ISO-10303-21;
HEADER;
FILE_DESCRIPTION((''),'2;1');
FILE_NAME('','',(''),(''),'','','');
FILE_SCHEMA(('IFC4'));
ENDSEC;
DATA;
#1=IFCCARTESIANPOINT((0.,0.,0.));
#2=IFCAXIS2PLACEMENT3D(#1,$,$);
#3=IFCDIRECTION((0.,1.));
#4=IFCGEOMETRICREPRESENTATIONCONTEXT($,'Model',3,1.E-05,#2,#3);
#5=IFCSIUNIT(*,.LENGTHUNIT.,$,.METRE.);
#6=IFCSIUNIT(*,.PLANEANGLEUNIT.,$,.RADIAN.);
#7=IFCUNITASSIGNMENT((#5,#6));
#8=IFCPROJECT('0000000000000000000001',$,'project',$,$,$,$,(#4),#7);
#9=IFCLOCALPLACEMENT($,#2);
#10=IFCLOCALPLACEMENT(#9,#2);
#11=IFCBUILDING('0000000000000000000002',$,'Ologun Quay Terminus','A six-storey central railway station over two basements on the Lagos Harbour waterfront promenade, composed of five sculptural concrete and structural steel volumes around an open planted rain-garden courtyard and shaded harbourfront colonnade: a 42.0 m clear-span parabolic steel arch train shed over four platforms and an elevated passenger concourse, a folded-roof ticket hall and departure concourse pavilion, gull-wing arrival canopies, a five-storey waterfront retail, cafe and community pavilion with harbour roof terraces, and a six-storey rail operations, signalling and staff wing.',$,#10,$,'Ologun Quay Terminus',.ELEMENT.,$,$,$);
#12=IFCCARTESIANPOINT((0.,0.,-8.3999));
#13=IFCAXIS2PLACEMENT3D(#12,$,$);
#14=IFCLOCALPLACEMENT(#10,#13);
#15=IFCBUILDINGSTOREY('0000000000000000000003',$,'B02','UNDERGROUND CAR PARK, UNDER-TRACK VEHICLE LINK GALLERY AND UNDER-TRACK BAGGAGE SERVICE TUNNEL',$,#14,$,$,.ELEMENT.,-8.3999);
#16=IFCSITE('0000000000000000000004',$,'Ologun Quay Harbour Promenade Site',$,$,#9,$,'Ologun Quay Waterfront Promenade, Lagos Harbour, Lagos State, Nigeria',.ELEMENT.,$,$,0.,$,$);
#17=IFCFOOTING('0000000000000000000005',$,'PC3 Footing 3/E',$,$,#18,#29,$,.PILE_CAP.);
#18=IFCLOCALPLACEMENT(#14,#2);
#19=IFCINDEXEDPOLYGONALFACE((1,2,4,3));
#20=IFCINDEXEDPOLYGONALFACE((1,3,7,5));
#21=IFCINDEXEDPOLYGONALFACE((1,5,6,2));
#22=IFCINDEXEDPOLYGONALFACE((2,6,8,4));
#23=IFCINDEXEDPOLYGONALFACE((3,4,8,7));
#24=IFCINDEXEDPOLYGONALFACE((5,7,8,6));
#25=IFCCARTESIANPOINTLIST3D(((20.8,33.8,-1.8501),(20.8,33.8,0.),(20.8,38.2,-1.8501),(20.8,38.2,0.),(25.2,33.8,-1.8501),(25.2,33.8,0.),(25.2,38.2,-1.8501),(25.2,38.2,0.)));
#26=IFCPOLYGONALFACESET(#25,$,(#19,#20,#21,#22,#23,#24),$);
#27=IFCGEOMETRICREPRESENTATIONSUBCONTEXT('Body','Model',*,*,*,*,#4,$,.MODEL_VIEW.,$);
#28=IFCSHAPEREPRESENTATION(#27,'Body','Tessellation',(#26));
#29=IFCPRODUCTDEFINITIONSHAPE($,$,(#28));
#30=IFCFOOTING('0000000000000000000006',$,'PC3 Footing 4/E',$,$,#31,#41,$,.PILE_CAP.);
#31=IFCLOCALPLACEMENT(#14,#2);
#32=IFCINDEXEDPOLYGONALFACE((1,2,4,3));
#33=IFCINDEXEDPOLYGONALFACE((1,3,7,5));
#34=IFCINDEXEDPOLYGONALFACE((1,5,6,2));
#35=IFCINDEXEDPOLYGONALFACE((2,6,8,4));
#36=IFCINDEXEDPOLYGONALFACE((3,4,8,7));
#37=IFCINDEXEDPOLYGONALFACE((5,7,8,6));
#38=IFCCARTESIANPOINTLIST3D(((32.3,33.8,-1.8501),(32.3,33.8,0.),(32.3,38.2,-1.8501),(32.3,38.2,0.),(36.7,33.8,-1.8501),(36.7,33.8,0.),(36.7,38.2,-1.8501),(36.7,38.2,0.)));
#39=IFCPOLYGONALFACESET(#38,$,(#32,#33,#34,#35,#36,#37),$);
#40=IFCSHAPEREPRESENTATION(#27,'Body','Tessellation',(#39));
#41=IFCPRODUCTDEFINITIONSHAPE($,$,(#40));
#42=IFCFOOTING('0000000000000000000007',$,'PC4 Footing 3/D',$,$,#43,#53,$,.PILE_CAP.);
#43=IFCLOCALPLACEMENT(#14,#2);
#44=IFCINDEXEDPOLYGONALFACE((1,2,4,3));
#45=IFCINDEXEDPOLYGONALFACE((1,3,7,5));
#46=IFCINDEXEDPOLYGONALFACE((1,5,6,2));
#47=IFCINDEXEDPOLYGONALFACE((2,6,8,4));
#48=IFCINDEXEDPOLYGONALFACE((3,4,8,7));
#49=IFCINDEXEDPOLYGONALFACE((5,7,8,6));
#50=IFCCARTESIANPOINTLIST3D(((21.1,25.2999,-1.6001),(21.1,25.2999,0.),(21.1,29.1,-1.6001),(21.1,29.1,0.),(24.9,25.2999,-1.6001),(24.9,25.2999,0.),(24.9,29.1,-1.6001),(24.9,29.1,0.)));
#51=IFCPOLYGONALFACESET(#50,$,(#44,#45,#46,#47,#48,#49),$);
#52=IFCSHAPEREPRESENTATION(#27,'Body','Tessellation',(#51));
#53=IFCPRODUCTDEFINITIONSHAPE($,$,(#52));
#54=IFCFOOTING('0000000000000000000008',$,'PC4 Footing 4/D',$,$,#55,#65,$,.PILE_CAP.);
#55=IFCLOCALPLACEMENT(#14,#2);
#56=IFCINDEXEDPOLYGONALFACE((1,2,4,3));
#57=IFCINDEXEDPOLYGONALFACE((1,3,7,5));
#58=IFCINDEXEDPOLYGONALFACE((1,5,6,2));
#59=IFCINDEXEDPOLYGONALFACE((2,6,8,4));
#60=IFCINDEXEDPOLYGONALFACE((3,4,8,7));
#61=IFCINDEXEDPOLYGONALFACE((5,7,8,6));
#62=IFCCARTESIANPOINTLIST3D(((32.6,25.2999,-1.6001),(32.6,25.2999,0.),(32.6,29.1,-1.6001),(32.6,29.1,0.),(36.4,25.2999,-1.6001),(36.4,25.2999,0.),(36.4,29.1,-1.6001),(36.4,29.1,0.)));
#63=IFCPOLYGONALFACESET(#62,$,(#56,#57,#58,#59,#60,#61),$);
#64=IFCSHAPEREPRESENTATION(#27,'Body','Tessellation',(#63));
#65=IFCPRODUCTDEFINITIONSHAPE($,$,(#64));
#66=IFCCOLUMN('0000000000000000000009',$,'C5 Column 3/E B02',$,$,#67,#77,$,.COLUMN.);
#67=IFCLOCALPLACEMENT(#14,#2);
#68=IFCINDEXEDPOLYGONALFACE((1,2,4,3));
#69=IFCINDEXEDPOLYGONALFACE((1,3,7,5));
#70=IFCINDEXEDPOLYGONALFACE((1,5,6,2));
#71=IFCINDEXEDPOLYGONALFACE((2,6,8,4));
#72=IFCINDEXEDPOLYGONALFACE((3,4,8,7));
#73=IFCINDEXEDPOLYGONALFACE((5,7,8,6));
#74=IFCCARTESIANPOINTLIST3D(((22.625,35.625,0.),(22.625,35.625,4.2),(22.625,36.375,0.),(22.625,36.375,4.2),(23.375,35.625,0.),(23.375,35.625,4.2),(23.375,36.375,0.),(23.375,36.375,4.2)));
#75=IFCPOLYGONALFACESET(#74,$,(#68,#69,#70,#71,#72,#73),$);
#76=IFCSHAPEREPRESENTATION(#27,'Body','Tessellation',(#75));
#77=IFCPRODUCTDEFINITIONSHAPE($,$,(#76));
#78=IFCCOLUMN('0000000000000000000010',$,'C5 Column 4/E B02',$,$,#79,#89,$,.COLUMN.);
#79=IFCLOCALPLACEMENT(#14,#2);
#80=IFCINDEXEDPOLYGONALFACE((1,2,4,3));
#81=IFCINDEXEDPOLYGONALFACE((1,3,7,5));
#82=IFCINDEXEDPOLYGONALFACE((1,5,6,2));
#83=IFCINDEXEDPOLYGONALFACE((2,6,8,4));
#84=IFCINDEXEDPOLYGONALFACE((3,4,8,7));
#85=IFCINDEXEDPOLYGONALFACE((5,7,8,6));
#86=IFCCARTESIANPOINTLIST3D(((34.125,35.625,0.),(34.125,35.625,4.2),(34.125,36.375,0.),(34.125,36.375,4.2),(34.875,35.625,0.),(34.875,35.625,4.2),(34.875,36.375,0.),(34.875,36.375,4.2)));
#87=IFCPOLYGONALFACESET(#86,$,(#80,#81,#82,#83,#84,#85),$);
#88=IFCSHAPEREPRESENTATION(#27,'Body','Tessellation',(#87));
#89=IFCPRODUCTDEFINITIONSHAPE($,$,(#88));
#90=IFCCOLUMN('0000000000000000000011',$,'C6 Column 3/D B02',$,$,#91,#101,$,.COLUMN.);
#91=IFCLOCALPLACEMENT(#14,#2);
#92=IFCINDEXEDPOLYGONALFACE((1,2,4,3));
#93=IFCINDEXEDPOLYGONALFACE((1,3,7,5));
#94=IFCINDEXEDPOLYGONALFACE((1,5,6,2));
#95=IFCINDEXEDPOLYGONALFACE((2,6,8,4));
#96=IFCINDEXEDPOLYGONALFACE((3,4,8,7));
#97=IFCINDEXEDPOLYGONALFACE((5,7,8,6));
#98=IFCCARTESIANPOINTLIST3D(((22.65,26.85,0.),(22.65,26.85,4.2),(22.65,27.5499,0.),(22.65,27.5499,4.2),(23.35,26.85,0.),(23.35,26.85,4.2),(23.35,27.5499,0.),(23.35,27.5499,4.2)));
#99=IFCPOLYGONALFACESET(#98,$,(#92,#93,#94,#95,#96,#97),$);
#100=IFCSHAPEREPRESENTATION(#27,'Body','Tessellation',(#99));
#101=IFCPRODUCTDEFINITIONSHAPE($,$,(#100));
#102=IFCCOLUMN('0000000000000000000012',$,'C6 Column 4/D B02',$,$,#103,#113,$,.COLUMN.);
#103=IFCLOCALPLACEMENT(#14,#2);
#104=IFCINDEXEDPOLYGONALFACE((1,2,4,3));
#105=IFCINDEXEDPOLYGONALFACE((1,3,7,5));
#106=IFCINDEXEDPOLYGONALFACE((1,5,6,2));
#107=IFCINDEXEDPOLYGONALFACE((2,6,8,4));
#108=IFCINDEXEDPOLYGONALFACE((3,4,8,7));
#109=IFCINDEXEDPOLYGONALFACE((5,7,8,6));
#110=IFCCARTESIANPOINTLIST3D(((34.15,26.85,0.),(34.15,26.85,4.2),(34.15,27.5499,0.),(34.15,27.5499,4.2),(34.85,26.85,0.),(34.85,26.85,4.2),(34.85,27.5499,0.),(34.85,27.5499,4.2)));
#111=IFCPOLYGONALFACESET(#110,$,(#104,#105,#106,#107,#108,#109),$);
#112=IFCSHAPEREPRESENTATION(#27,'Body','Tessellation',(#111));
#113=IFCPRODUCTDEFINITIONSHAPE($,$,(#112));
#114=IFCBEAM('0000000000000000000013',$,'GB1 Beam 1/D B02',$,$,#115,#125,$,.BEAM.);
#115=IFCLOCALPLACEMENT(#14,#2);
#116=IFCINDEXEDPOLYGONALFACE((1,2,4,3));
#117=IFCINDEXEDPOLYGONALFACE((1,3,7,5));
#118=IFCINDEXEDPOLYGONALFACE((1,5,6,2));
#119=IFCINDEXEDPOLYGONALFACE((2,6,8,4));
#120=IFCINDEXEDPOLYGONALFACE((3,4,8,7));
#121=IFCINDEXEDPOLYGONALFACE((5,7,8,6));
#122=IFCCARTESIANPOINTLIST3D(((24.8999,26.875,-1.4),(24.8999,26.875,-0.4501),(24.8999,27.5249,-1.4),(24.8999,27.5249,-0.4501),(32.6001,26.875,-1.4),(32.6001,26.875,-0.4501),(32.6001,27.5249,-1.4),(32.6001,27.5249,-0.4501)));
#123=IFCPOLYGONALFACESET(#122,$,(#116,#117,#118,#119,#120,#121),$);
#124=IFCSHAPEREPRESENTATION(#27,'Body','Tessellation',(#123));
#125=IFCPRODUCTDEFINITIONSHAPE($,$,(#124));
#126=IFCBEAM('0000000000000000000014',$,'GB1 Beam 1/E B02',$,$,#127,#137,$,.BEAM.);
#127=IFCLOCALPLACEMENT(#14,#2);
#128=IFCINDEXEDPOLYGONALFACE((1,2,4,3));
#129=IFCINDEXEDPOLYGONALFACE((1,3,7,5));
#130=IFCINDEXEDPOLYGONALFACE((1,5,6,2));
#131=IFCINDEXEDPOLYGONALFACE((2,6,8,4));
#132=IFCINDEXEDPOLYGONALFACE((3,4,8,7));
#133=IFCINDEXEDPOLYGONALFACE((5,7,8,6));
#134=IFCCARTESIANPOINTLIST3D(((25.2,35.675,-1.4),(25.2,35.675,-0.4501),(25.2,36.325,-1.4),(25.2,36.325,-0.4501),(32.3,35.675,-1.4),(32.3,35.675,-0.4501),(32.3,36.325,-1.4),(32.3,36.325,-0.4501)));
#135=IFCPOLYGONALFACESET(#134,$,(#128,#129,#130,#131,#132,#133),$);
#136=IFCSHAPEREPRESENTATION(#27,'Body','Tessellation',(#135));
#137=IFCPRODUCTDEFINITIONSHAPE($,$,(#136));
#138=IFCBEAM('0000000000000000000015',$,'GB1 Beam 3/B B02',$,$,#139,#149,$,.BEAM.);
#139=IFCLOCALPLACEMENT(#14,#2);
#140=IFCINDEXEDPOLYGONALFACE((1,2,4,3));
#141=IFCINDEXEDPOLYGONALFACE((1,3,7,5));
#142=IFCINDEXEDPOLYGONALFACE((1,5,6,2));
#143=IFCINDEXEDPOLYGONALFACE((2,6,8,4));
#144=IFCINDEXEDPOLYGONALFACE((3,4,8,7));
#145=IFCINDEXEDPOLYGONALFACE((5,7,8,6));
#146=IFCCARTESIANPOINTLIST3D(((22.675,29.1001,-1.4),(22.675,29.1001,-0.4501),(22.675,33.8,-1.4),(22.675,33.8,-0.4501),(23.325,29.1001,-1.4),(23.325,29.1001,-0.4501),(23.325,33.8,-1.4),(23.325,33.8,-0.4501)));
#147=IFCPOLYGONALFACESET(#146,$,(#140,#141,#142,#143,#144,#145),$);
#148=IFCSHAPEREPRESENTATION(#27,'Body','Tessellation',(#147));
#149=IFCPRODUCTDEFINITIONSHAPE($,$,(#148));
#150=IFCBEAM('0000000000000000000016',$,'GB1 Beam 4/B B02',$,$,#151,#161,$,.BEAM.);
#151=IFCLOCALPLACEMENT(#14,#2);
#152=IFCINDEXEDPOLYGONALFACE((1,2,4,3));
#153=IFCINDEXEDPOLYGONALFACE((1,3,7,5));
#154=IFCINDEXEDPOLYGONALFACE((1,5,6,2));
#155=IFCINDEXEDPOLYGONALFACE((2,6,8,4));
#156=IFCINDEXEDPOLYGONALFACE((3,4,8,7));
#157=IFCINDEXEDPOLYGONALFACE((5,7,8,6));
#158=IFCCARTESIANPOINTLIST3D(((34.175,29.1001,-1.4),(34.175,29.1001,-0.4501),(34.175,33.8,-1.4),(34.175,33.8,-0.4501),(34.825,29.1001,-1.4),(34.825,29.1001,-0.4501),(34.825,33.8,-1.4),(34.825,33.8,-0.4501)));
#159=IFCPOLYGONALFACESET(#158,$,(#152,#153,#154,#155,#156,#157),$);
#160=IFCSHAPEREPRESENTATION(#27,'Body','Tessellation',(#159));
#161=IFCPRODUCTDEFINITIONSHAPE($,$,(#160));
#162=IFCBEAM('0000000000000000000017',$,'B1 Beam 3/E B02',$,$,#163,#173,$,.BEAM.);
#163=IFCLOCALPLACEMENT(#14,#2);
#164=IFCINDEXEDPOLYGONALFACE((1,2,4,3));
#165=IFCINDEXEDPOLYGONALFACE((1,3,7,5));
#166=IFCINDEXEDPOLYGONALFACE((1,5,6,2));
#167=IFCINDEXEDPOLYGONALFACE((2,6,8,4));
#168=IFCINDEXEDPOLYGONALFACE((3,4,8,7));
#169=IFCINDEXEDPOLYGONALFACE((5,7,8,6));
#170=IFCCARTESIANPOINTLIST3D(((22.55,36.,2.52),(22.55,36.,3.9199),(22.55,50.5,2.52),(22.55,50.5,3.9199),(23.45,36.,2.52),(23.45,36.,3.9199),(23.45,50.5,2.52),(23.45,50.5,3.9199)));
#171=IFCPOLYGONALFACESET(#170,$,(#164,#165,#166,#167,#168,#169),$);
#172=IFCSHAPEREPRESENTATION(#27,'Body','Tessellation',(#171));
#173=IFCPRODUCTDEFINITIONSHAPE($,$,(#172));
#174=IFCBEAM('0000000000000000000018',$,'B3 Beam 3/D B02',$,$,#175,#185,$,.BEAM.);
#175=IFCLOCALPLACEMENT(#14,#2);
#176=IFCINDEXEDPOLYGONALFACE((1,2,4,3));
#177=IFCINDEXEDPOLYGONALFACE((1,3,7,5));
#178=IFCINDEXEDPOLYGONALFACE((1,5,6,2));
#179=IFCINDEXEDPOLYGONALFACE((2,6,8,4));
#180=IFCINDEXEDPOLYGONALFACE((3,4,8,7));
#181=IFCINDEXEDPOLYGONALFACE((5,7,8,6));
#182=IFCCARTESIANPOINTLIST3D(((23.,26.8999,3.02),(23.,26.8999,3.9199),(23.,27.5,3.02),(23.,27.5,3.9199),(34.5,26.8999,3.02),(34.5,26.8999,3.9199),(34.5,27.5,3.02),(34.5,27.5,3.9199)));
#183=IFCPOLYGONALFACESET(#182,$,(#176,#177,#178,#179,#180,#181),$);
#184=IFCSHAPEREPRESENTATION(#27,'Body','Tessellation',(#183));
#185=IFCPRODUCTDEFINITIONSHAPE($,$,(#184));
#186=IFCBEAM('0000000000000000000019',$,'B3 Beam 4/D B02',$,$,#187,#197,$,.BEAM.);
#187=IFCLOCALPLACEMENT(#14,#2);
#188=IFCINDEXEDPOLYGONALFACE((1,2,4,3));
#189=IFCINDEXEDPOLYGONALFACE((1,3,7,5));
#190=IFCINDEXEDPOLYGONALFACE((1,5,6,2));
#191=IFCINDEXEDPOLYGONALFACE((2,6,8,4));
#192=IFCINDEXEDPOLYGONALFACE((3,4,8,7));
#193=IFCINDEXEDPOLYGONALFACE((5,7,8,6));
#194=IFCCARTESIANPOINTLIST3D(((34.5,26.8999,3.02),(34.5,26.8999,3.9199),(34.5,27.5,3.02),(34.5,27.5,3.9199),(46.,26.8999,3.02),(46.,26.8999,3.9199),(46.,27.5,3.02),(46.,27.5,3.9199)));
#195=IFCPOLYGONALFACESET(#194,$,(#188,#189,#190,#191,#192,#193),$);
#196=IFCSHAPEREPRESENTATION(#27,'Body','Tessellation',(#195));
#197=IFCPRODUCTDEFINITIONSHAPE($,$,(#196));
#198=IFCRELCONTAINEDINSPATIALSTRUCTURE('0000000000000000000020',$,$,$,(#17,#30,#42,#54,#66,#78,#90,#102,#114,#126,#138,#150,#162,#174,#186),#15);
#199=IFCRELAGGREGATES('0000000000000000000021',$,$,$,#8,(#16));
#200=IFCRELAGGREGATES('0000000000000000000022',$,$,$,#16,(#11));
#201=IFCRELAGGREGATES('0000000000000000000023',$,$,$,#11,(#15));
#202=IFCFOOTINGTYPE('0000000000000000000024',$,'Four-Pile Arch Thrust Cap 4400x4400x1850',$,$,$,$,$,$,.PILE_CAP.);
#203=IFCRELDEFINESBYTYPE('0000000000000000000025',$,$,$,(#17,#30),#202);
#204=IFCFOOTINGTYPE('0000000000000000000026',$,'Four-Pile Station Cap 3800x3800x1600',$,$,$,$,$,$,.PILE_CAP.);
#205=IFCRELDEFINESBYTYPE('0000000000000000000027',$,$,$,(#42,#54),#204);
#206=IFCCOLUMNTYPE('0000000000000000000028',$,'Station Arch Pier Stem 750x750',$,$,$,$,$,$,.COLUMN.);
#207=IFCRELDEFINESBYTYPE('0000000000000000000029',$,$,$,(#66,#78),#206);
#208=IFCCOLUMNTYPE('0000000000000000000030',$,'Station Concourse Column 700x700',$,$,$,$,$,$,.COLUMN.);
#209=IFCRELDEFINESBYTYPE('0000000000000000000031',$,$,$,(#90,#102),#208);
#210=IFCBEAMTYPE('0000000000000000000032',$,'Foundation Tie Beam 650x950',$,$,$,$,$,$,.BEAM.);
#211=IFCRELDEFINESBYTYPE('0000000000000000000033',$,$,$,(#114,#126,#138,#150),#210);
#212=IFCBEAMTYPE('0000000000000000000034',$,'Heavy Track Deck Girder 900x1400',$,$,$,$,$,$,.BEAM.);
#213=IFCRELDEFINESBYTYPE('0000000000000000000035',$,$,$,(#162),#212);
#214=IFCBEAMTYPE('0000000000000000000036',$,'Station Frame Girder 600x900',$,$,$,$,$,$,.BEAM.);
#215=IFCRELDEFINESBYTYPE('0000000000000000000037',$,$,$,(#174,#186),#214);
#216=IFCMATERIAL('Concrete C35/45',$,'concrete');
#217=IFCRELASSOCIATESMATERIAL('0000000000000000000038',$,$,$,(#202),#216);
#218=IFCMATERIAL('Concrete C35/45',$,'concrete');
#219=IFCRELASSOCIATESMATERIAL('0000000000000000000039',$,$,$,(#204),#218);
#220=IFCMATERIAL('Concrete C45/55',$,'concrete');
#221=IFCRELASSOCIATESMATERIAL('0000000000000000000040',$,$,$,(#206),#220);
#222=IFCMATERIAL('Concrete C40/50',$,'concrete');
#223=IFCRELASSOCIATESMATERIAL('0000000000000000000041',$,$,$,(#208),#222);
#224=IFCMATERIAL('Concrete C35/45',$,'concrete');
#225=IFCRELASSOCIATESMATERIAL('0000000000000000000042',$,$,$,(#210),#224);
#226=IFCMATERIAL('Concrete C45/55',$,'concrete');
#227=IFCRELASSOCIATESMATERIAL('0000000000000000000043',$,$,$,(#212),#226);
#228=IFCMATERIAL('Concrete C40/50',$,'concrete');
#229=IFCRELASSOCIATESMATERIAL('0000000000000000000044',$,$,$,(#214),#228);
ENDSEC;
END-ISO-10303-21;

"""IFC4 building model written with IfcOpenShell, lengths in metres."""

from ifc_helpers import new_model, si_unit, direction, frame, origin, origin_2d, place, context, subcontext, project, spatial, rectangle, extrude, material, material_profile, profile_set, type_object, element, save


model = new_model("IFC4")

# Units and contexts
model_context = context("Model", 3, precision=1e-05, world=origin(), true_north=direction((0.0, 1.0)))
body_context = subcontext(model_context, "Body", "Model", "MODEL_VIEW")
ifc_project = project(units=[si_unit("LENGTHUNIT", "METRE"), si_unit("PLANEANGLEUNIT", "RADIAN")], contexts=[model_context])

# Site, building, storey
site_placement = place(None, origin())
site = spatial("IfcSite", under=ifc_project, at=site_placement, Name="Ologun Quay Harbour Promenade Site", LongName="Ologun Quay Waterfront Promenade, Lagos Harbour, Lagos State, Nigeria", CompositionType="ELEMENT", RefElevation=0.0)
building_placement = place(site_placement, origin())
building = spatial("IfcBuilding", under=site, at=building_placement, Name="Ologun Quay Terminus", Description="A six-storey central railway station over two basements on the Lagos Harbour waterfront promenade, composed of five sculptural concrete and structural steel volumes around an open planted rain-garden courtyard and shaded harbourfront colonnade: a 42.0 m clear-span parabolic steel arch train shed over four platforms and an elevated passenger concourse, a folded-roof ticket hall and departure concourse pavilion, gull-wing arrival canopies, a five-storey waterfront retail, cafe and community pavilion with harbour roof terraces, and a six-storey rail operations, signalling and staff wing.", LongName="Ologun Quay Terminus", CompositionType="ELEMENT")
storey_placement = place(building_placement, frame((0.0, 0.0, -8.3999)))
storey = spatial("IfcBuildingStorey", under=building, at=storey_placement, Name="B02", Description="UNDERGROUND CAR PARK, UNDER-TRACK VEHICLE LINK GALLERY AND UNDER-TRACK BAGGAGE SERVICE TUNNEL", CompositionType="ELEMENT", Elevation=-8.3999)

# Footings
ifc_material_1 = material(Name="Concrete C35/45", Category="concrete")
footing_type_1 = type_object("IfcFootingType", Name="Four-Pile Arch Thrust Cap 4400x4400x1850", PredefinedType="PILE_CAP", material=ifc_material_1)
for number, where, z_axis, x_axis, name in (
    (1, (23.0, 36.0, -1.8501), (0.0, 0.0, 1.0), (1.0, 0.0, 0.0), "PC3 Footing 3/E"),
    (2, (34.5, 36.0, -1.8501), (0.0, 0.0, 1.0), (1.0, 0.0, 0.0), "PC3 Footing 4/E"),
):
    element("IfcFooting", number, at=place(storey_placement, frame(where, z_axis=z_axis, x_axis=x_axis)), inside=storey, type_object=footing_type_1, Name=name, PredefinedType="PILE_CAP", context=body_context, shape_type="SweptSolid", body=[
        extrude(rectangle(XDim=4.3999, YDim=4.3999, at=origin_2d()), origin(), (0.0, 0.0, 1.0), 1.8501),
    ])
ifc_material_2 = material(Name="Concrete C35/45", Category="concrete")
footing_type_2 = type_object("IfcFootingType", Name="Four-Pile Station Cap 3800x3800x1600", PredefinedType="PILE_CAP", material=ifc_material_2)
for number, where, z_axis, x_axis, name in (
    (3, (23.0, 27.2, -1.6001), (0.0, 0.0, 1.0), (1.0, 0.0, 0.0), "PC4 Footing 3/D"),
    (4, (34.5, 27.2, -1.6001), (0.0, 0.0, 1.0), (1.0, 0.0, 0.0), "PC4 Footing 4/D"),
):
    element("IfcFooting", number, at=place(storey_placement, frame(where, z_axis=z_axis, x_axis=x_axis)), inside=storey, type_object=footing_type_2, Name=name, PredefinedType="PILE_CAP", context=body_context, shape_type="SweptSolid", body=[
        extrude(rectangle(XDim=3.8, YDim=3.8, at=origin_2d()), origin(), (0.0, 0.0, 1.0), 1.6001),
    ])

# Columns
ifc_material_3 = material(Name="Concrete C45/55", Category="concrete")
ifc_material_profile_1 = material_profile(ifc_material_3, rectangle(XDim=0.75, YDim=0.75, at=origin_2d()), Name="RC 750x750")
ifc_profile_set_1 = profile_set([ifc_material_profile_1], Name="Concrete C45/55")
column_type_1 = type_object("IfcColumnType", Name="Station Arch Pier Stem 750x750", PredefinedType="COLUMN", material=ifc_profile_set_1)
for number, where, z_axis, x_axis, name in (
    (5, (23.0, 36.0, 0.0), (0.0, 0.0, 1.0), (1.0, 0.0, 0.0), "C5 Column 3/E B02"),
    (6, (34.5, 36.0, 0.0), (0.0, 0.0, 1.0), (1.0, 0.0, 0.0), "C5 Column 4/E B02"),
):
    element("IfcColumn", number, at=place(storey_placement, frame(where, z_axis=z_axis, x_axis=x_axis)), inside=storey, type_object=column_type_1, Name=name, PredefinedType="COLUMN", context=body_context, shape_type="SweptSolid", body=[
        extrude(rectangle(XDim=0.75, YDim=0.75, at=origin_2d()), origin(), (0.0, 0.0, 1.0), 4.2),
    ])
ifc_material_4 = material(Name="Concrete C40/50", Category="concrete")
ifc_material_profile_2 = material_profile(ifc_material_4, rectangle(XDim=0.7, YDim=0.7, at=origin_2d()), Name="RC 700x700")
ifc_profile_set_2 = profile_set([ifc_material_profile_2], Name="Concrete C40/50")
column_type_2 = type_object("IfcColumnType", Name="Station Concourse Column 700x700", PredefinedType="COLUMN", material=ifc_profile_set_2)
for number, where, z_axis, x_axis, name in (
    (7, (23.0, 27.2, 0.0), (0.0, 0.0, 1.0), (1.0, 0.0, 0.0), "C6 Column 3/D B02"),
    (8, (34.5, 27.2, 0.0), (0.0, 0.0, 1.0), (1.0, 0.0, 0.0), "C6 Column 4/D B02"),
):
    element("IfcColumn", number, at=place(storey_placement, frame(where, z_axis=z_axis, x_axis=x_axis)), inside=storey, type_object=column_type_2, Name=name, PredefinedType="COLUMN", context=body_context, shape_type="SweptSolid", body=[
        extrude(rectangle(XDim=0.7, YDim=0.7, at=origin_2d()), origin(), (0.0, 0.0, 1.0), 4.2),
    ])

# Beams
ifc_material_5 = material(Name="Concrete C35/45", Category="concrete")
ifc_material_profile_3 = material_profile(ifc_material_5, rectangle(XDim=0.6499, YDim=0.95, at=origin_2d()), Name="RC 650x950")
ifc_profile_set_3 = profile_set([ifc_material_profile_3], Name="Concrete C35/45")
beam_type_1 = type_object("IfcBeamType", Name="Foundation Tie Beam 650x950", PredefinedType="BEAM", material=ifc_profile_set_3)
beam_1_placement = place(storey_placement, frame((24.8999, 27.2, -0.925), z_axis=(1.0, 0.0, 0.0), x_axis=(0.0, 1.0, 0.0)))
element("IfcBeam", 9, at=beam_1_placement, inside=storey, type_object=beam_type_1, Name="GB1 Beam 1/D B02", PredefinedType="BEAM", context=body_context, shape_type="SweptSolid", body=[
    extrude(rectangle(XDim=0.6499, YDim=0.95, at=origin_2d()), origin(), (0.0, 0.0, 1.0), 7.7002),
])
beam_2_placement = place(storey_placement, frame((25.2, 36.0, -0.925), z_axis=(1.0, 0.0, 0.0), x_axis=(0.0, 1.0, 0.0)))
element("IfcBeam", 10, at=beam_2_placement, inside=storey, type_object=beam_type_1, Name="GB1 Beam 1/E B02", PredefinedType="BEAM", context=body_context, shape_type="SweptSolid", body=[
    extrude(rectangle(XDim=0.6499, YDim=0.95, at=origin_2d()), origin(), (0.0, 0.0, 1.0), 7.1001),
])
for number, where, z_axis, x_axis, name in (
    (11, (23.0, 29.1001, -0.925), (0.0, 1.0, 0.0), (-1.0, 0.0, 0.0), "GB1 Beam 3/B B02"),
    (12, (34.5, 29.1001, -0.925), (0.0, 1.0, 0.0), (-1.0, 0.0, 0.0), "GB1 Beam 4/B B02"),
):
    element("IfcBeam", number, at=place(storey_placement, frame(where, z_axis=z_axis, x_axis=x_axis)), inside=storey, type_object=beam_type_1, Name=name, PredefinedType="BEAM", context=body_context, shape_type="SweptSolid", body=[
        extrude(rectangle(XDim=0.6499, YDim=0.95, at=origin_2d()), origin(), (0.0, 0.0, 1.0), 4.7),
    ])
ifc_material_6 = material(Name="Concrete C45/55", Category="concrete")
ifc_material_profile_4 = material_profile(ifc_material_6, rectangle(XDim=0.8999, YDim=1.3999, at=origin_2d()), Name="RC 900x1400")
ifc_profile_set_4 = profile_set([ifc_material_profile_4], Name="Concrete C45/55")
beam_type_2 = type_object("IfcBeamType", Name="Heavy Track Deck Girder 900x1400", PredefinedType="BEAM", material=ifc_profile_set_4)
beam_3_placement = place(storey_placement, frame((23.0, 36.0, 3.22), z_axis=(0.0, 1.0, 0.0), x_axis=(-1.0, 0.0, 0.0)))
element("IfcBeam", 13, at=beam_3_placement, inside=storey, type_object=beam_type_2, Name="B1 Beam 3/E B02", PredefinedType="BEAM", context=body_context, shape_type="SweptSolid", body=[
    extrude(rectangle(XDim=0.8999, YDim=1.3999, at=origin_2d()), origin(), (0.0, 0.0, 1.0), 14.5),
])
ifc_material_7 = material(Name="Concrete C40/50", Category="concrete")
ifc_material_profile_5 = material_profile(ifc_material_7, rectangle(XDim=0.6001, YDim=0.8999, at=origin_2d()), Name="RC 600x900")
ifc_profile_set_5 = profile_set([ifc_material_profile_5], Name="Concrete C40/50")
beam_type_3 = type_object("IfcBeamType", Name="Station Frame Girder 600x900", PredefinedType="BEAM", material=ifc_profile_set_5)
for number, where, z_axis, x_axis, name in (
    (14, (23.0, 27.2, 3.47), (1.0, 0.0, 0.0), (0.0, 1.0, 0.0), "B3 Beam 3/D B02"),
    (15, (34.5, 27.2, 3.47), (1.0, 0.0, 0.0), (0.0, 1.0, 0.0), "B3 Beam 4/D B02"),
):
    element("IfcBeam", number, at=place(storey_placement, frame(where, z_axis=z_axis, x_axis=x_axis)), inside=storey, type_object=beam_type_3, Name=name, PredefinedType="BEAM", context=body_context, shape_type="SweptSolid", body=[
        extrude(rectangle(XDim=0.6001, YDim=0.8999, at=origin_2d()), origin(), (0.0, 0.0, 1.0), 11.5),
    ])

save(model, "model.ifc")
